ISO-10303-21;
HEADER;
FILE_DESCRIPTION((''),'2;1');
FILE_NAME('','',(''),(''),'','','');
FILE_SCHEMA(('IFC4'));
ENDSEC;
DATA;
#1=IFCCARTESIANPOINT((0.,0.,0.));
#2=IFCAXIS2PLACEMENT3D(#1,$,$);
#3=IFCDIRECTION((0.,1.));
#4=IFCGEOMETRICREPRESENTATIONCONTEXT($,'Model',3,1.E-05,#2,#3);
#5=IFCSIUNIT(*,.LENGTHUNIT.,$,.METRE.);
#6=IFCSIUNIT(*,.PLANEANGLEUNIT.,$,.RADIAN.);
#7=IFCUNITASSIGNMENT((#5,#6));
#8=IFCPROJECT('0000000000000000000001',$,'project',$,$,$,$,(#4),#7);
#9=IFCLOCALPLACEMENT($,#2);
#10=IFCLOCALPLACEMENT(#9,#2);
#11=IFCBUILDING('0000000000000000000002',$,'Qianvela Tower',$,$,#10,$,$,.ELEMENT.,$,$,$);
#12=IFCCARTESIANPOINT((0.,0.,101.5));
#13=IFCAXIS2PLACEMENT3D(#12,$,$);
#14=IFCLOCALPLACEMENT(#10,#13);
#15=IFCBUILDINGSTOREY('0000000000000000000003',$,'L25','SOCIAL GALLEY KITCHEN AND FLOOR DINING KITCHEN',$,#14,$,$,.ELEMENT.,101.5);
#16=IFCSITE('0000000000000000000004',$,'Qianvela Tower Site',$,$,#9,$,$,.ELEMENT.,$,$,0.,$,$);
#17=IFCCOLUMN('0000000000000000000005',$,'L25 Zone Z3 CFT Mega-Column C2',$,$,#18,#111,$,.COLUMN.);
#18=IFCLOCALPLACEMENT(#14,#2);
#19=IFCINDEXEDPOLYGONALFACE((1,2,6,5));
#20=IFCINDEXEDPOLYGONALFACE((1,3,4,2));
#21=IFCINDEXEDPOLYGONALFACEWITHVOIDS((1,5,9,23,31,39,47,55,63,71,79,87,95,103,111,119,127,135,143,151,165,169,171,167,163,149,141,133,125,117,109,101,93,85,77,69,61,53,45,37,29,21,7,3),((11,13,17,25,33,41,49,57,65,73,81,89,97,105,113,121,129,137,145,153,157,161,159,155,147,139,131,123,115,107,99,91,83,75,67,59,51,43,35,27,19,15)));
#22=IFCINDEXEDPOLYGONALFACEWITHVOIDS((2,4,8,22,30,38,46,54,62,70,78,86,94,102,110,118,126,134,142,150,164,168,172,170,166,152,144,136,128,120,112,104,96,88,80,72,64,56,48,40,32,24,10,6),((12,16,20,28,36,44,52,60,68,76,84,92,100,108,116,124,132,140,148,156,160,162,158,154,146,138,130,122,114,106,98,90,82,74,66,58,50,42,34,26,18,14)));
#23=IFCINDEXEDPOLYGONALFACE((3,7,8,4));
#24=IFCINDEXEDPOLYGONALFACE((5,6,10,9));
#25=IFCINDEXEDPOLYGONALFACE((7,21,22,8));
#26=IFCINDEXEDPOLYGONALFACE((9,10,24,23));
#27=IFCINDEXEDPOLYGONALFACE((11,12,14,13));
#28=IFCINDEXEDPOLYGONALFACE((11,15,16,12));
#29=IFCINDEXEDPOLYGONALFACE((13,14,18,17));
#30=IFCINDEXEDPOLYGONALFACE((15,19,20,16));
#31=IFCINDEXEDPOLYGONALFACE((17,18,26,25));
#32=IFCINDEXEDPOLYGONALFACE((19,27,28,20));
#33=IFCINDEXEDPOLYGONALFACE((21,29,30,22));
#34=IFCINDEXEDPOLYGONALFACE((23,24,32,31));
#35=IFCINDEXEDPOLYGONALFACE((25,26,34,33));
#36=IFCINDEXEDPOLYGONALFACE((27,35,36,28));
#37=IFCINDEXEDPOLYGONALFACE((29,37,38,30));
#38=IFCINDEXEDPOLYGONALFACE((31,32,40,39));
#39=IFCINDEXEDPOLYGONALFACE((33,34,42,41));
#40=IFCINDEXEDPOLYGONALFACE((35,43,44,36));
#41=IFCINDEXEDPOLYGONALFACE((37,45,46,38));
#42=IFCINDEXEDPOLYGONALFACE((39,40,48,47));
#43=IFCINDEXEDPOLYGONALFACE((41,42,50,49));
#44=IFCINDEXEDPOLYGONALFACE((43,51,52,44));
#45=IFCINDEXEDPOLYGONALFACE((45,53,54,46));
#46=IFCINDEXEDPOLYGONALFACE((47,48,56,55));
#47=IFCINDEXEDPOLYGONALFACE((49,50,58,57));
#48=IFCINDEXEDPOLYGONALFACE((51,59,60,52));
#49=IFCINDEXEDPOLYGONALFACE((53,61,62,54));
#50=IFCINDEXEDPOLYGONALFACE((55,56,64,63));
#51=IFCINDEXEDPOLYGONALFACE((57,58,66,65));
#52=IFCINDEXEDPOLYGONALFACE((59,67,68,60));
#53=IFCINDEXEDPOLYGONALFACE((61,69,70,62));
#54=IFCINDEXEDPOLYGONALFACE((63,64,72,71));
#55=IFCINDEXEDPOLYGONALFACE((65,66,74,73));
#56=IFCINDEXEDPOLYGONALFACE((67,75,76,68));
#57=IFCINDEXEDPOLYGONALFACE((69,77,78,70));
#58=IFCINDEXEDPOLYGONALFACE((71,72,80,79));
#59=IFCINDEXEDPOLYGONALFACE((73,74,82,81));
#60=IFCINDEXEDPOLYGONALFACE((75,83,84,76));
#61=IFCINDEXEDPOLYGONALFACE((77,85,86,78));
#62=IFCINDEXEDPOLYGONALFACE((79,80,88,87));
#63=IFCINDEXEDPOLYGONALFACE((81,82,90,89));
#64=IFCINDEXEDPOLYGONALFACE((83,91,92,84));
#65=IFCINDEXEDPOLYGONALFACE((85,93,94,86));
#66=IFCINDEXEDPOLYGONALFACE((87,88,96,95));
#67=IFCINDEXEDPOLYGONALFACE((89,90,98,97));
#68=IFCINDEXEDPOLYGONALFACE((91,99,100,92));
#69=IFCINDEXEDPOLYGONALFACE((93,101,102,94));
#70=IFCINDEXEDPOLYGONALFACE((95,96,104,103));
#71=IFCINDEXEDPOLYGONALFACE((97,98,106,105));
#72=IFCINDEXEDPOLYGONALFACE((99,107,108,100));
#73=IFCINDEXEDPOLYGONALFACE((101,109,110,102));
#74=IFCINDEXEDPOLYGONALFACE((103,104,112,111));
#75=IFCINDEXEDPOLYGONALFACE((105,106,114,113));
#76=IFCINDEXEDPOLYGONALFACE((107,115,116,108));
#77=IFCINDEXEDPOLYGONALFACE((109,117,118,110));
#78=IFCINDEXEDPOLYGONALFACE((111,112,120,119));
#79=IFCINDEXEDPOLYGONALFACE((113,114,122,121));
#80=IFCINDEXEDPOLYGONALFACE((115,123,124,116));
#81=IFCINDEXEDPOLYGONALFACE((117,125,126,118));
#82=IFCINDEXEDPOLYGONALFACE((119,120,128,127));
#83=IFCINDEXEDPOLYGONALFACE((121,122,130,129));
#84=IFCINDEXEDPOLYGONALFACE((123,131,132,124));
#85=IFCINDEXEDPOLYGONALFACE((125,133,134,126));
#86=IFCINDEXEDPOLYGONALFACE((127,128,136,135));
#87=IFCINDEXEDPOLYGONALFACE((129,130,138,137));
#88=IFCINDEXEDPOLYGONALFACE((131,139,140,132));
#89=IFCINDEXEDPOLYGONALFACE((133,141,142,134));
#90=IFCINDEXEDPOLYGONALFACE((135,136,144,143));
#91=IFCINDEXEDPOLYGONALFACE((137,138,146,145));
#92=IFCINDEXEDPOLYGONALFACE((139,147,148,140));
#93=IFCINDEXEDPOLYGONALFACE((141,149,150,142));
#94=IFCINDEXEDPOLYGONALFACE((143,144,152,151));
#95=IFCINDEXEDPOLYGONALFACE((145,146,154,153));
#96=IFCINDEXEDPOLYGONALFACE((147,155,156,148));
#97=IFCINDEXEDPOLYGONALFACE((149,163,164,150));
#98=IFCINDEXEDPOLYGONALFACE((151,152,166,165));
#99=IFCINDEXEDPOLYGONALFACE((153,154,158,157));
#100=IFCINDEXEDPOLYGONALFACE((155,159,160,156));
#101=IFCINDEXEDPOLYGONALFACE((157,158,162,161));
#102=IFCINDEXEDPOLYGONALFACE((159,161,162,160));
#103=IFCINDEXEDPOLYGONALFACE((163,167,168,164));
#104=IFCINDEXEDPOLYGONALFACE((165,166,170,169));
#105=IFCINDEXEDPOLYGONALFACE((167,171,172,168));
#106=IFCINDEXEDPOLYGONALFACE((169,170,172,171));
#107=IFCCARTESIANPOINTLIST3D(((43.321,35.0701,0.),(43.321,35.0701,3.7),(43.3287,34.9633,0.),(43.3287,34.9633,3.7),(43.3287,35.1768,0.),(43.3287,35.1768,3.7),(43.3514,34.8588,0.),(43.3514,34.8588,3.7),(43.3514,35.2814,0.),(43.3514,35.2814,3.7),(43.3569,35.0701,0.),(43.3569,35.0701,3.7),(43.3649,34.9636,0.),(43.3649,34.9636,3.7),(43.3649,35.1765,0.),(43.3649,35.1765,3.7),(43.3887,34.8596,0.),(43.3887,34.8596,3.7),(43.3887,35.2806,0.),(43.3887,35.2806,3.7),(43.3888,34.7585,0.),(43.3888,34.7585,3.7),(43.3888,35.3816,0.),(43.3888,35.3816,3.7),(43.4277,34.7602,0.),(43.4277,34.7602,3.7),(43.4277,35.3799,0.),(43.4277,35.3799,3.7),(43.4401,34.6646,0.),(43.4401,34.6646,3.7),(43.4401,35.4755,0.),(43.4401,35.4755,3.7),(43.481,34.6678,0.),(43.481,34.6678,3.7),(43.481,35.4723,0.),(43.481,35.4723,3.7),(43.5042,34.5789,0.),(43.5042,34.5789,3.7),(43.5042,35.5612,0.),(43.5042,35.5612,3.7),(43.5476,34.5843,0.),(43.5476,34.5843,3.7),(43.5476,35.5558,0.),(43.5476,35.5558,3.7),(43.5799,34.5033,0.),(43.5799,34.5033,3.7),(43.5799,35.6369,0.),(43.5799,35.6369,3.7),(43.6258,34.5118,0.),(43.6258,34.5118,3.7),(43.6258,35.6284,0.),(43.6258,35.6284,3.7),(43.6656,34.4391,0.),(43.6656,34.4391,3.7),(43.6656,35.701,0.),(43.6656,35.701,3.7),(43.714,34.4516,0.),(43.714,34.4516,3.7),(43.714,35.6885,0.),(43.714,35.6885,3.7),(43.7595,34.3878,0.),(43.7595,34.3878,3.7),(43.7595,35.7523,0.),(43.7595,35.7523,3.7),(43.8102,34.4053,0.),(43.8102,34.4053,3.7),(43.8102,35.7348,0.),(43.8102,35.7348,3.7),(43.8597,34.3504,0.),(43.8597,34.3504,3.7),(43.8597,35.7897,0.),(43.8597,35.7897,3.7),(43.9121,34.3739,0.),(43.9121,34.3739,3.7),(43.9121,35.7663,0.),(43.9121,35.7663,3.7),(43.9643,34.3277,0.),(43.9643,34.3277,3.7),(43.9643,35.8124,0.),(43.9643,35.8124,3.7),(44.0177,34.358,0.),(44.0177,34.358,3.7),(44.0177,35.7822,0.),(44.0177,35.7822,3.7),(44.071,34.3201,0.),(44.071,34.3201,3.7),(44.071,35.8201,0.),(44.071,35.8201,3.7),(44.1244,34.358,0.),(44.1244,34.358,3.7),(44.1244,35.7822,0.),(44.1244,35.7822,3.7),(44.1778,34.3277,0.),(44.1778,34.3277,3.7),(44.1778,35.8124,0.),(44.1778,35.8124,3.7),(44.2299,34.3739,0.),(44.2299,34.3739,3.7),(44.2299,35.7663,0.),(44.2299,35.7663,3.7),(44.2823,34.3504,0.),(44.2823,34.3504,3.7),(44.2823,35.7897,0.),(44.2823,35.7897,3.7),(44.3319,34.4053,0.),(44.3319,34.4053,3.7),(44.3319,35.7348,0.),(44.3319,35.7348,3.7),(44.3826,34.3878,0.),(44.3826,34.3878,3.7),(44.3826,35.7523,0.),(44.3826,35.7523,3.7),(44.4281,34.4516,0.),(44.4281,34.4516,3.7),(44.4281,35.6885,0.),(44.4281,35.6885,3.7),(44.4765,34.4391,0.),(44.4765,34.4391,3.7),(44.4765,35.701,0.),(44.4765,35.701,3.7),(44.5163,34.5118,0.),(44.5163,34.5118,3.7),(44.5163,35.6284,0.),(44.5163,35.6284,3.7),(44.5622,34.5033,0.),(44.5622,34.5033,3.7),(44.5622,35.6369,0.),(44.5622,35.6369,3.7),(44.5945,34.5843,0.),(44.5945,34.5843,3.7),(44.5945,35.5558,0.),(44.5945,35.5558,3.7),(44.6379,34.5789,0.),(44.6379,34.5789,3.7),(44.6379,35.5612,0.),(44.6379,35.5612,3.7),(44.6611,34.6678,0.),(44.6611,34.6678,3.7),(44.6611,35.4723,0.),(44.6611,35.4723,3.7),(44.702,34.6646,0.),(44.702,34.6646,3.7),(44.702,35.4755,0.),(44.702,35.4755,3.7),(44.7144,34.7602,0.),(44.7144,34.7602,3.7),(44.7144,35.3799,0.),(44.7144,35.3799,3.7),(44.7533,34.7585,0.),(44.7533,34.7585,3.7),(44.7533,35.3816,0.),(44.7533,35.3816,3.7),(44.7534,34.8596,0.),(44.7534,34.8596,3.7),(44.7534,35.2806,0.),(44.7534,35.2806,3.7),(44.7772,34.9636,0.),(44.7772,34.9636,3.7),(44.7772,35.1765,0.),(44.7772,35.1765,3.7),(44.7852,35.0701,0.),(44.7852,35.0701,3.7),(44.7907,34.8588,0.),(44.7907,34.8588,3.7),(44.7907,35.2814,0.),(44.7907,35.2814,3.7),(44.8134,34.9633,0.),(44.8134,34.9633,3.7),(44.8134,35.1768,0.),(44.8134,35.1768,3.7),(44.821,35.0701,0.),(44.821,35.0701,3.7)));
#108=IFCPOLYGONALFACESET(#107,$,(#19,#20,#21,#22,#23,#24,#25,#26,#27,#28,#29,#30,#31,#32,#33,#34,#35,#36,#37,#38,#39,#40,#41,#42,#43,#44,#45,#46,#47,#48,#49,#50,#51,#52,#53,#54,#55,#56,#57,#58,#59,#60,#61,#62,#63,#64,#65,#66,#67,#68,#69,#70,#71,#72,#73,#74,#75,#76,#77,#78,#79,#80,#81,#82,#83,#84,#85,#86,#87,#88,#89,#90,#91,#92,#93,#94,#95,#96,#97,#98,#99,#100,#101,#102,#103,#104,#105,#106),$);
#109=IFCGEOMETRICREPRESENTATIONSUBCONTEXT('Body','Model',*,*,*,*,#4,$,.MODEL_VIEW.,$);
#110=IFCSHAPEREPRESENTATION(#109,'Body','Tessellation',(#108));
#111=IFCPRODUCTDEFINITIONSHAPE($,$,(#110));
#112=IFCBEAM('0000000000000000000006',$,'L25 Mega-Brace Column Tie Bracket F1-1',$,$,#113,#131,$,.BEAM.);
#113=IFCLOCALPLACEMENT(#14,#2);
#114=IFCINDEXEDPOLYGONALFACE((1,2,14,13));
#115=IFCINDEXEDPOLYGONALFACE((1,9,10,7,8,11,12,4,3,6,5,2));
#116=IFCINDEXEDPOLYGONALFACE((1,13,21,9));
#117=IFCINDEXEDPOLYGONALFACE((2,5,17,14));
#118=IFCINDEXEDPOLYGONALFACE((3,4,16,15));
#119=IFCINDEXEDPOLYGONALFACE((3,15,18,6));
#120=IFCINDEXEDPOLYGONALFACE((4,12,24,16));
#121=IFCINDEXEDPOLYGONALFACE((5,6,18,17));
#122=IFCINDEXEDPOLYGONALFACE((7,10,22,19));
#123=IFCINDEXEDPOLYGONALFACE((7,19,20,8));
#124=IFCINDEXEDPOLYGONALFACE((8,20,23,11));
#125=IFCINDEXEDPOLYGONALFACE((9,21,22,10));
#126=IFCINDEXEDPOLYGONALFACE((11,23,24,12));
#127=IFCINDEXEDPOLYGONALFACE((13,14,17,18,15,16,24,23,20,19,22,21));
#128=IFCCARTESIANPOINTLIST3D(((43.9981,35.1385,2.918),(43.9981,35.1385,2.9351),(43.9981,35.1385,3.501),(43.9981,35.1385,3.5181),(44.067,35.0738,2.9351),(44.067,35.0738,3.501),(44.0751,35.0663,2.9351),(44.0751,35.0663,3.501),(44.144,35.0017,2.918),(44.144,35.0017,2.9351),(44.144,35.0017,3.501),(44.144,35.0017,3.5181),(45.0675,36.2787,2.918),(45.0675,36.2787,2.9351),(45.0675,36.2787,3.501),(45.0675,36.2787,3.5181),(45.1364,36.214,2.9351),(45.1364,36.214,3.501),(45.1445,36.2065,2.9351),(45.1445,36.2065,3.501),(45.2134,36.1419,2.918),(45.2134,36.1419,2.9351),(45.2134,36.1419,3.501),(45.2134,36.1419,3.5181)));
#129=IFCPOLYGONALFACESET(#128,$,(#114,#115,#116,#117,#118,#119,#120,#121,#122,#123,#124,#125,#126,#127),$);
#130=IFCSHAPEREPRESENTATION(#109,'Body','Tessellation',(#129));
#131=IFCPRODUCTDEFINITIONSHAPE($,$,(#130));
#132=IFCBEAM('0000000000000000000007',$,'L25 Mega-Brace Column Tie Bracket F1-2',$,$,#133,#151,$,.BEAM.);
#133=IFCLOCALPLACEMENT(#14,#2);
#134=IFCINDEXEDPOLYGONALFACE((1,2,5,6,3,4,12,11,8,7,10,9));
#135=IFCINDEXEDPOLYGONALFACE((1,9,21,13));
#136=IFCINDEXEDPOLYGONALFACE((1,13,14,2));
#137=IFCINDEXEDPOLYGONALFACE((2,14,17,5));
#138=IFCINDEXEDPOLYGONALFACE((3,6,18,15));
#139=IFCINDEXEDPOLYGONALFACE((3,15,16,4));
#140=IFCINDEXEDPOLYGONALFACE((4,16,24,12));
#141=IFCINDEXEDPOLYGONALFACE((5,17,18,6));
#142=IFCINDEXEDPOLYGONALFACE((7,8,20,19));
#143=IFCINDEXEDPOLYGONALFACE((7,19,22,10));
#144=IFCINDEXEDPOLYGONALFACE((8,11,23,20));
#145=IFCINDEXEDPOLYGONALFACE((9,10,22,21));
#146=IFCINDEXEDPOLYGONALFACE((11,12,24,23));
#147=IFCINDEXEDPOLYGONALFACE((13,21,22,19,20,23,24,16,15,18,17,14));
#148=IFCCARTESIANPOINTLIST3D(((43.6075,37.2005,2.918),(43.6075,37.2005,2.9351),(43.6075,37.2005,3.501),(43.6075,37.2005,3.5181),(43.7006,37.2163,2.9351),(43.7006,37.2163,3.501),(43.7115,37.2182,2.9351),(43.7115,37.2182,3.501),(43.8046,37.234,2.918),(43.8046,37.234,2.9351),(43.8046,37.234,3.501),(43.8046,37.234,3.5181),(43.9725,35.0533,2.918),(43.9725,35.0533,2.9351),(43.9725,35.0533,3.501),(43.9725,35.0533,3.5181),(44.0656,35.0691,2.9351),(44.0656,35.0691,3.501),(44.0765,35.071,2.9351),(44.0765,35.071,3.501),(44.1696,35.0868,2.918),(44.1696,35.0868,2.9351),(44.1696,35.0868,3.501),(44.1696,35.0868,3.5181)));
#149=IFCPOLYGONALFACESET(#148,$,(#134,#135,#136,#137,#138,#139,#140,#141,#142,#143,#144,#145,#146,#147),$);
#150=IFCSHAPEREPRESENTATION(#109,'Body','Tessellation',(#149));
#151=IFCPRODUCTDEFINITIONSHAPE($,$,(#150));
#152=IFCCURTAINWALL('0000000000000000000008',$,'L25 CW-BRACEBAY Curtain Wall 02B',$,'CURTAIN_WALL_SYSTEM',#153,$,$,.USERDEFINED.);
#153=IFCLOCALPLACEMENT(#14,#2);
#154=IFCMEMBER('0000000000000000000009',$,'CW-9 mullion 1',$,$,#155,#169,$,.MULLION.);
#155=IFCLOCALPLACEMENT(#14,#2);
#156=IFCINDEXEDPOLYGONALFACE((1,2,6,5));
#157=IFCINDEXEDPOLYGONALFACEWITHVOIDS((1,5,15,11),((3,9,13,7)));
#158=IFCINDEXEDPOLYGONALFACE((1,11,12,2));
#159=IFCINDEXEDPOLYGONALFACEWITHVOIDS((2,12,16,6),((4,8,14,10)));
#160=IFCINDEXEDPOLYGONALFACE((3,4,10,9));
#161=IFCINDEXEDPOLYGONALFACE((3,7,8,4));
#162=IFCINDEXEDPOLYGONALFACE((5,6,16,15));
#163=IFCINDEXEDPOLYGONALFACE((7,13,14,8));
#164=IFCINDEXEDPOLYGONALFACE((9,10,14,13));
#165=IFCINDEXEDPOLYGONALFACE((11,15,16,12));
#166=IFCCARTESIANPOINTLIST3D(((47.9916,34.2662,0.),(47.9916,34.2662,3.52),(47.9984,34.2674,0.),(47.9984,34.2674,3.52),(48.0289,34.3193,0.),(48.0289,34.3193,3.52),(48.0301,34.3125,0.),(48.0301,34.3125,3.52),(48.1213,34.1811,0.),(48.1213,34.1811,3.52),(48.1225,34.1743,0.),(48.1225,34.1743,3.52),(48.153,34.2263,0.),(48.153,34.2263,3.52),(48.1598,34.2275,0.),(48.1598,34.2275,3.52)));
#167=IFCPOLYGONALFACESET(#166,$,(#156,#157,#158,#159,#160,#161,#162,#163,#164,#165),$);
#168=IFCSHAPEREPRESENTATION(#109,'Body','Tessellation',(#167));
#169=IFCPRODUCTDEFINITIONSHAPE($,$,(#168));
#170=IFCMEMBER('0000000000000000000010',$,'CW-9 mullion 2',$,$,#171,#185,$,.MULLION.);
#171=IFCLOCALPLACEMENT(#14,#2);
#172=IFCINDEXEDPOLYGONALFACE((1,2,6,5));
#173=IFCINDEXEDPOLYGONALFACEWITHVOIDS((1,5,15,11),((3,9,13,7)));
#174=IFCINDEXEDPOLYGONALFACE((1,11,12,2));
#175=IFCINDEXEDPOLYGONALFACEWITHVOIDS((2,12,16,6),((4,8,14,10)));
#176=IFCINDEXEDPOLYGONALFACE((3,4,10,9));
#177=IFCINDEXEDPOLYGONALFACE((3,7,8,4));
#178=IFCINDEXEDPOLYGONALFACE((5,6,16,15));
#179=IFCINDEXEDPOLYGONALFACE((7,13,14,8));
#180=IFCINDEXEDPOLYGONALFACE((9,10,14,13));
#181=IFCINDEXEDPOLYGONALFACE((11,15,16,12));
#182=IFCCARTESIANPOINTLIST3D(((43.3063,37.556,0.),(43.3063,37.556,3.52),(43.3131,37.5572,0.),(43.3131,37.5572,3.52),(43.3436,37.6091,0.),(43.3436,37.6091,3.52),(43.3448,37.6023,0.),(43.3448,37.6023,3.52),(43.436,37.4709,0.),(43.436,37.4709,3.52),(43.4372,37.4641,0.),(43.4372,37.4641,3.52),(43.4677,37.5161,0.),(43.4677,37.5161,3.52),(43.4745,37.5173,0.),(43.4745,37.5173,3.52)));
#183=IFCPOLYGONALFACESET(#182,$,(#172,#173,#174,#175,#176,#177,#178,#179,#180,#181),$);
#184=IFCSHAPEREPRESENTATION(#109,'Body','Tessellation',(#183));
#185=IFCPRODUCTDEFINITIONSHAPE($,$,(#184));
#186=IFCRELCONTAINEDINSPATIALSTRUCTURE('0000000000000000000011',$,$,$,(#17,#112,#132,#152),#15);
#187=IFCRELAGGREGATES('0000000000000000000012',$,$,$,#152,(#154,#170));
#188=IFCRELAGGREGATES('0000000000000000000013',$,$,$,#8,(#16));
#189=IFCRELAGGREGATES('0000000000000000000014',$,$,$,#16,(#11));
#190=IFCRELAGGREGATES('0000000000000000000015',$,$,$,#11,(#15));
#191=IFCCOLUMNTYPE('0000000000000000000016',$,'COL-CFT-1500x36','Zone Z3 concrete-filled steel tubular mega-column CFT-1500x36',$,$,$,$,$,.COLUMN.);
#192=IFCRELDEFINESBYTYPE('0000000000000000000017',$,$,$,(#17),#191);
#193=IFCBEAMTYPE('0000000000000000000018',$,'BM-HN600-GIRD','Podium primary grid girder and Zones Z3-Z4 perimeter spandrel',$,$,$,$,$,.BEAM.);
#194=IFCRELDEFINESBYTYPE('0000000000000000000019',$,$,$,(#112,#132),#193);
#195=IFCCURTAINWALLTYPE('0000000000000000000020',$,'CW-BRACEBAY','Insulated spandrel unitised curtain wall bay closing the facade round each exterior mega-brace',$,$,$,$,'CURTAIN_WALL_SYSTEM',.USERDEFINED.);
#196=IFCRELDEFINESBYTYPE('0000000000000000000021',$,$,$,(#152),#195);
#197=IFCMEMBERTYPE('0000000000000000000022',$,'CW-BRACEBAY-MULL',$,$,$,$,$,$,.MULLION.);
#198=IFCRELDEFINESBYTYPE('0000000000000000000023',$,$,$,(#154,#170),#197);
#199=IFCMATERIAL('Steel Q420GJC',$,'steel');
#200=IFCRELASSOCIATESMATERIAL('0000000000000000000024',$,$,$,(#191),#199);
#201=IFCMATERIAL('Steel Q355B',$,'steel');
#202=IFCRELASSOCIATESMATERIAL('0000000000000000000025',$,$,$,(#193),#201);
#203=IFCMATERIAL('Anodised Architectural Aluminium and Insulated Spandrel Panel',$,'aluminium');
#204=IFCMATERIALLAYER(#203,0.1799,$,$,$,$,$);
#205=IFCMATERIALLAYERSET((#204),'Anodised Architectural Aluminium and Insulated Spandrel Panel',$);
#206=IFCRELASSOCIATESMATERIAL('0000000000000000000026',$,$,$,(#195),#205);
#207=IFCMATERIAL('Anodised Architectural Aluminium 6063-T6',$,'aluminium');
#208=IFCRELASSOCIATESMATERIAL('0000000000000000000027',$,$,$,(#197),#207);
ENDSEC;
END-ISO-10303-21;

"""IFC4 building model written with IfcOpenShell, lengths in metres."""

from ifc_helpers import new_model, si_unit, direction, frame, origin, origin_2d, place, context, subcontext, project, spatial, hollow_rectangle, hollow_circle, i_section, extrude, material, layer, layer_set, material_profile, profile_set, type_object, element, aggregate, save


model = new_model("IFC4")

# Units and contexts
model_context = context("Model", 3, precision=1e-05, world=origin(), true_north=direction((0.0, 1.0)))
body_context = subcontext(model_context, "Body", "Model", "MODEL_VIEW")
ifc_project = project(units=[si_unit("LENGTHUNIT", "METRE"), si_unit("PLANEANGLEUNIT", "RADIAN")], contexts=[model_context])

# Site, building, storey
site_placement = place(None, origin())
site = spatial("IfcSite", under=ifc_project, at=site_placement, Name="Qianvela Tower Site", CompositionType="ELEMENT", RefElevation=0.0)
building_placement = place(site_placement, origin())
building = spatial("IfcBuilding", under=site, at=building_placement, Name="Qianvela Tower", CompositionType="ELEMENT")
storey_placement = place(building_placement, frame((0.0, 0.0, 101.5)))
storey = spatial("IfcBuildingStorey", under=building, at=storey_placement, Name="L25", Description="SOCIAL GALLEY KITCHEN AND FLOOR DINING KITCHEN", CompositionType="ELEMENT", Elevation=101.5)

# Column
ifc_material_1 = material(Name="Steel Q420GJC", Category="steel")
ifc_material_profile_1 = material_profile(ifc_material_1, hollow_circle(Radius=0.75, WallThickness=0.0359, at=origin_2d()), Name="CFT-1500x36")
ifc_profile_set_1 = profile_set([ifc_material_profile_1], Name="Steel Q420GJC")
column_type = type_object("IfcColumnType", Name="COL-CFT-1500x36", Description="Zone Z3 concrete-filled steel tubular mega-column CFT-1500x36", PredefinedType="COLUMN", material=ifc_profile_set_1)
column_placement = place(storey_placement, frame((44.071, 35.0701, 0.0), z_axis=(0.0, 0.0, 1.0), x_axis=(1.0, 0.0, 0.0)))
element("IfcColumn", 1, at=column_placement, inside=storey, type_object=column_type, Name="L25 Zone Z3 CFT Mega-Column C2", PredefinedType="COLUMN", context=body_context, shape_type="SweptSolid", body=[
    extrude(hollow_circle(Radius=0.75, WallThickness=0.0359, at=origin_2d()), origin(), (0.0, 0.0, 1.0), 3.7),
])

# Beams
ifc_material_2 = material(Name="Steel Q355B", Category="steel")
ifc_material_profile_2 = material_profile(ifc_material_2, i_section(OverallWidth=0.2, OverallDepth=0.6001, WebThickness=0.011, FlangeThickness=0.0171, at=origin_2d()), Name="HN600x200x11x17")
ifc_profile_set_2 = profile_set([ifc_material_profile_2], Name="Steel Q355B")
beam_type = type_object("IfcBeamType", Name="BM-HN600-GIRD", Description="Podium primary grid girder and Zones Z3-Z4 perimeter spandrel", PredefinedType="BEAM", material=ifc_profile_set_2)
beam_1_placement = place(storey_placement, frame((44.071, 35.0701, 3.218), z_axis=(0.684097, 0.729391, 0.0), x_axis=(-0.729391, 0.684097, 0.0)))
element("IfcBeam", 2, at=beam_1_placement, inside=storey, type_object=beam_type, Name="L25 Mega-Brace Column Tie Bracket F1-1", PredefinedType="BEAM", context=body_context, shape_type="SweptSolid", body=[
    extrude(i_section(OverallWidth=0.2, OverallDepth=0.6001, WebThickness=0.011, FlangeThickness=0.0171, at=origin_2d()), origin(), (0.0, 0.0, 1.0), 1.5632),
])
beam_2_placement = place(storey_placement, frame((44.071, 35.0701, 3.218), z_axis=(-0.167579, 0.985859, 0.0), x_axis=(-0.985859, -0.167579, 0.0)))
element("IfcBeam", 3, at=beam_2_placement, inside=storey, type_object=beam_type, Name="L25 Mega-Brace Column Tie Bracket F1-2", PredefinedType="BEAM", context=body_context, shape_type="SweptSolid", body=[
    extrude(i_section(OverallWidth=0.2, OverallDepth=0.6001, WebThickness=0.011, FlangeThickness=0.0171, at=origin_2d()), origin(), (0.0, 0.0, 1.0), 2.178),
])

# Curtain wall, members
ifc_material_3 = material(Name="Anodised Architectural Aluminium and Insulated Spandrel Panel", Category="aluminium")
ifc_layer_1 = layer(ifc_material_3, 0.1799)
ifc_layer_set_1 = layer_set([ifc_layer_1], Name="Anodised Architectural Aluminium and Insulated Spandrel Panel")
curtain_wall_type_1 = type_object("IfcCurtainWallType", Name="CW-BRACEBAY", Description="Insulated spandrel unitised curtain wall bay closing the facade round each exterior mega-brace", ElementType="CURTAIN_WALL_SYSTEM", PredefinedType="USERDEFINED", material=ifc_layer_set_1)
curtain_wall_1_placement = place(storey_placement, origin())
curtain_wall_1 = element("IfcCurtainWall", 4, at=curtain_wall_1_placement, inside=storey, type_object=curtain_wall_type_1, Name="L25 CW-BRACEBAY Curtain Wall 02B", ObjectType="CURTAIN_WALL_SYSTEM", PredefinedType="USERDEFINED")
ifc_material_4 = material(Name="Anodised Architectural Aluminium 6063-T6", Category="aluminium")
ifc_material_profile_3 = material_profile(ifc_material_4, hollow_rectangle(XDim=0.0649, YDim=0.1599, WallThickness=0.0049, at=origin_2d()), Name="ALU-MULL-65x160")
ifc_profile_set_3 = profile_set([ifc_material_profile_3], Name="Anodised Architectural Aluminium 6063-T6")
member_type_1 = type_object("IfcMemberType", Name="CW-BRACEBAY-MULL", PredefinedType="MULLION", material=ifc_profile_set_3)
member_1_placement = place(storey_placement, frame((48.0757, 34.2468, 0.0), z_axis=(0.0, 0.0, 1.0), x_axis=(-0.574622, -0.818419, 0.0)))
member_1 = element("IfcMember", 5, at=member_1_placement, type_object=member_type_1, Name="CW-9 mullion 1", PredefinedType="MULLION", context=body_context, shape_type="SweptSolid", body=[
    extrude(hollow_rectangle(XDim=0.0649, YDim=0.1599, WallThickness=0.0049, at=origin_2d()), origin(), (0.0, 0.0, 1.0), 3.52),
])
member_2_placement = place(storey_placement, frame((43.3904, 37.5366, 0.0), z_axis=(0.0, 0.0, 1.0), x_axis=(-0.574622, -0.818419, 0.0)))
member_2 = element("IfcMember", 6, at=member_2_placement, type_object=member_type_1, Name="CW-9 mullion 2", PredefinedType="MULLION", context=body_context, shape_type="SweptSolid", body=[
    extrude(hollow_rectangle(XDim=0.0649, YDim=0.1599, WallThickness=0.0049, at=origin_2d()), origin(), (0.0, 0.0, 1.0), 3.52),
])

aggregate(curtain_wall_1, [member_1, member_2])

save(model, "model.ifc")
